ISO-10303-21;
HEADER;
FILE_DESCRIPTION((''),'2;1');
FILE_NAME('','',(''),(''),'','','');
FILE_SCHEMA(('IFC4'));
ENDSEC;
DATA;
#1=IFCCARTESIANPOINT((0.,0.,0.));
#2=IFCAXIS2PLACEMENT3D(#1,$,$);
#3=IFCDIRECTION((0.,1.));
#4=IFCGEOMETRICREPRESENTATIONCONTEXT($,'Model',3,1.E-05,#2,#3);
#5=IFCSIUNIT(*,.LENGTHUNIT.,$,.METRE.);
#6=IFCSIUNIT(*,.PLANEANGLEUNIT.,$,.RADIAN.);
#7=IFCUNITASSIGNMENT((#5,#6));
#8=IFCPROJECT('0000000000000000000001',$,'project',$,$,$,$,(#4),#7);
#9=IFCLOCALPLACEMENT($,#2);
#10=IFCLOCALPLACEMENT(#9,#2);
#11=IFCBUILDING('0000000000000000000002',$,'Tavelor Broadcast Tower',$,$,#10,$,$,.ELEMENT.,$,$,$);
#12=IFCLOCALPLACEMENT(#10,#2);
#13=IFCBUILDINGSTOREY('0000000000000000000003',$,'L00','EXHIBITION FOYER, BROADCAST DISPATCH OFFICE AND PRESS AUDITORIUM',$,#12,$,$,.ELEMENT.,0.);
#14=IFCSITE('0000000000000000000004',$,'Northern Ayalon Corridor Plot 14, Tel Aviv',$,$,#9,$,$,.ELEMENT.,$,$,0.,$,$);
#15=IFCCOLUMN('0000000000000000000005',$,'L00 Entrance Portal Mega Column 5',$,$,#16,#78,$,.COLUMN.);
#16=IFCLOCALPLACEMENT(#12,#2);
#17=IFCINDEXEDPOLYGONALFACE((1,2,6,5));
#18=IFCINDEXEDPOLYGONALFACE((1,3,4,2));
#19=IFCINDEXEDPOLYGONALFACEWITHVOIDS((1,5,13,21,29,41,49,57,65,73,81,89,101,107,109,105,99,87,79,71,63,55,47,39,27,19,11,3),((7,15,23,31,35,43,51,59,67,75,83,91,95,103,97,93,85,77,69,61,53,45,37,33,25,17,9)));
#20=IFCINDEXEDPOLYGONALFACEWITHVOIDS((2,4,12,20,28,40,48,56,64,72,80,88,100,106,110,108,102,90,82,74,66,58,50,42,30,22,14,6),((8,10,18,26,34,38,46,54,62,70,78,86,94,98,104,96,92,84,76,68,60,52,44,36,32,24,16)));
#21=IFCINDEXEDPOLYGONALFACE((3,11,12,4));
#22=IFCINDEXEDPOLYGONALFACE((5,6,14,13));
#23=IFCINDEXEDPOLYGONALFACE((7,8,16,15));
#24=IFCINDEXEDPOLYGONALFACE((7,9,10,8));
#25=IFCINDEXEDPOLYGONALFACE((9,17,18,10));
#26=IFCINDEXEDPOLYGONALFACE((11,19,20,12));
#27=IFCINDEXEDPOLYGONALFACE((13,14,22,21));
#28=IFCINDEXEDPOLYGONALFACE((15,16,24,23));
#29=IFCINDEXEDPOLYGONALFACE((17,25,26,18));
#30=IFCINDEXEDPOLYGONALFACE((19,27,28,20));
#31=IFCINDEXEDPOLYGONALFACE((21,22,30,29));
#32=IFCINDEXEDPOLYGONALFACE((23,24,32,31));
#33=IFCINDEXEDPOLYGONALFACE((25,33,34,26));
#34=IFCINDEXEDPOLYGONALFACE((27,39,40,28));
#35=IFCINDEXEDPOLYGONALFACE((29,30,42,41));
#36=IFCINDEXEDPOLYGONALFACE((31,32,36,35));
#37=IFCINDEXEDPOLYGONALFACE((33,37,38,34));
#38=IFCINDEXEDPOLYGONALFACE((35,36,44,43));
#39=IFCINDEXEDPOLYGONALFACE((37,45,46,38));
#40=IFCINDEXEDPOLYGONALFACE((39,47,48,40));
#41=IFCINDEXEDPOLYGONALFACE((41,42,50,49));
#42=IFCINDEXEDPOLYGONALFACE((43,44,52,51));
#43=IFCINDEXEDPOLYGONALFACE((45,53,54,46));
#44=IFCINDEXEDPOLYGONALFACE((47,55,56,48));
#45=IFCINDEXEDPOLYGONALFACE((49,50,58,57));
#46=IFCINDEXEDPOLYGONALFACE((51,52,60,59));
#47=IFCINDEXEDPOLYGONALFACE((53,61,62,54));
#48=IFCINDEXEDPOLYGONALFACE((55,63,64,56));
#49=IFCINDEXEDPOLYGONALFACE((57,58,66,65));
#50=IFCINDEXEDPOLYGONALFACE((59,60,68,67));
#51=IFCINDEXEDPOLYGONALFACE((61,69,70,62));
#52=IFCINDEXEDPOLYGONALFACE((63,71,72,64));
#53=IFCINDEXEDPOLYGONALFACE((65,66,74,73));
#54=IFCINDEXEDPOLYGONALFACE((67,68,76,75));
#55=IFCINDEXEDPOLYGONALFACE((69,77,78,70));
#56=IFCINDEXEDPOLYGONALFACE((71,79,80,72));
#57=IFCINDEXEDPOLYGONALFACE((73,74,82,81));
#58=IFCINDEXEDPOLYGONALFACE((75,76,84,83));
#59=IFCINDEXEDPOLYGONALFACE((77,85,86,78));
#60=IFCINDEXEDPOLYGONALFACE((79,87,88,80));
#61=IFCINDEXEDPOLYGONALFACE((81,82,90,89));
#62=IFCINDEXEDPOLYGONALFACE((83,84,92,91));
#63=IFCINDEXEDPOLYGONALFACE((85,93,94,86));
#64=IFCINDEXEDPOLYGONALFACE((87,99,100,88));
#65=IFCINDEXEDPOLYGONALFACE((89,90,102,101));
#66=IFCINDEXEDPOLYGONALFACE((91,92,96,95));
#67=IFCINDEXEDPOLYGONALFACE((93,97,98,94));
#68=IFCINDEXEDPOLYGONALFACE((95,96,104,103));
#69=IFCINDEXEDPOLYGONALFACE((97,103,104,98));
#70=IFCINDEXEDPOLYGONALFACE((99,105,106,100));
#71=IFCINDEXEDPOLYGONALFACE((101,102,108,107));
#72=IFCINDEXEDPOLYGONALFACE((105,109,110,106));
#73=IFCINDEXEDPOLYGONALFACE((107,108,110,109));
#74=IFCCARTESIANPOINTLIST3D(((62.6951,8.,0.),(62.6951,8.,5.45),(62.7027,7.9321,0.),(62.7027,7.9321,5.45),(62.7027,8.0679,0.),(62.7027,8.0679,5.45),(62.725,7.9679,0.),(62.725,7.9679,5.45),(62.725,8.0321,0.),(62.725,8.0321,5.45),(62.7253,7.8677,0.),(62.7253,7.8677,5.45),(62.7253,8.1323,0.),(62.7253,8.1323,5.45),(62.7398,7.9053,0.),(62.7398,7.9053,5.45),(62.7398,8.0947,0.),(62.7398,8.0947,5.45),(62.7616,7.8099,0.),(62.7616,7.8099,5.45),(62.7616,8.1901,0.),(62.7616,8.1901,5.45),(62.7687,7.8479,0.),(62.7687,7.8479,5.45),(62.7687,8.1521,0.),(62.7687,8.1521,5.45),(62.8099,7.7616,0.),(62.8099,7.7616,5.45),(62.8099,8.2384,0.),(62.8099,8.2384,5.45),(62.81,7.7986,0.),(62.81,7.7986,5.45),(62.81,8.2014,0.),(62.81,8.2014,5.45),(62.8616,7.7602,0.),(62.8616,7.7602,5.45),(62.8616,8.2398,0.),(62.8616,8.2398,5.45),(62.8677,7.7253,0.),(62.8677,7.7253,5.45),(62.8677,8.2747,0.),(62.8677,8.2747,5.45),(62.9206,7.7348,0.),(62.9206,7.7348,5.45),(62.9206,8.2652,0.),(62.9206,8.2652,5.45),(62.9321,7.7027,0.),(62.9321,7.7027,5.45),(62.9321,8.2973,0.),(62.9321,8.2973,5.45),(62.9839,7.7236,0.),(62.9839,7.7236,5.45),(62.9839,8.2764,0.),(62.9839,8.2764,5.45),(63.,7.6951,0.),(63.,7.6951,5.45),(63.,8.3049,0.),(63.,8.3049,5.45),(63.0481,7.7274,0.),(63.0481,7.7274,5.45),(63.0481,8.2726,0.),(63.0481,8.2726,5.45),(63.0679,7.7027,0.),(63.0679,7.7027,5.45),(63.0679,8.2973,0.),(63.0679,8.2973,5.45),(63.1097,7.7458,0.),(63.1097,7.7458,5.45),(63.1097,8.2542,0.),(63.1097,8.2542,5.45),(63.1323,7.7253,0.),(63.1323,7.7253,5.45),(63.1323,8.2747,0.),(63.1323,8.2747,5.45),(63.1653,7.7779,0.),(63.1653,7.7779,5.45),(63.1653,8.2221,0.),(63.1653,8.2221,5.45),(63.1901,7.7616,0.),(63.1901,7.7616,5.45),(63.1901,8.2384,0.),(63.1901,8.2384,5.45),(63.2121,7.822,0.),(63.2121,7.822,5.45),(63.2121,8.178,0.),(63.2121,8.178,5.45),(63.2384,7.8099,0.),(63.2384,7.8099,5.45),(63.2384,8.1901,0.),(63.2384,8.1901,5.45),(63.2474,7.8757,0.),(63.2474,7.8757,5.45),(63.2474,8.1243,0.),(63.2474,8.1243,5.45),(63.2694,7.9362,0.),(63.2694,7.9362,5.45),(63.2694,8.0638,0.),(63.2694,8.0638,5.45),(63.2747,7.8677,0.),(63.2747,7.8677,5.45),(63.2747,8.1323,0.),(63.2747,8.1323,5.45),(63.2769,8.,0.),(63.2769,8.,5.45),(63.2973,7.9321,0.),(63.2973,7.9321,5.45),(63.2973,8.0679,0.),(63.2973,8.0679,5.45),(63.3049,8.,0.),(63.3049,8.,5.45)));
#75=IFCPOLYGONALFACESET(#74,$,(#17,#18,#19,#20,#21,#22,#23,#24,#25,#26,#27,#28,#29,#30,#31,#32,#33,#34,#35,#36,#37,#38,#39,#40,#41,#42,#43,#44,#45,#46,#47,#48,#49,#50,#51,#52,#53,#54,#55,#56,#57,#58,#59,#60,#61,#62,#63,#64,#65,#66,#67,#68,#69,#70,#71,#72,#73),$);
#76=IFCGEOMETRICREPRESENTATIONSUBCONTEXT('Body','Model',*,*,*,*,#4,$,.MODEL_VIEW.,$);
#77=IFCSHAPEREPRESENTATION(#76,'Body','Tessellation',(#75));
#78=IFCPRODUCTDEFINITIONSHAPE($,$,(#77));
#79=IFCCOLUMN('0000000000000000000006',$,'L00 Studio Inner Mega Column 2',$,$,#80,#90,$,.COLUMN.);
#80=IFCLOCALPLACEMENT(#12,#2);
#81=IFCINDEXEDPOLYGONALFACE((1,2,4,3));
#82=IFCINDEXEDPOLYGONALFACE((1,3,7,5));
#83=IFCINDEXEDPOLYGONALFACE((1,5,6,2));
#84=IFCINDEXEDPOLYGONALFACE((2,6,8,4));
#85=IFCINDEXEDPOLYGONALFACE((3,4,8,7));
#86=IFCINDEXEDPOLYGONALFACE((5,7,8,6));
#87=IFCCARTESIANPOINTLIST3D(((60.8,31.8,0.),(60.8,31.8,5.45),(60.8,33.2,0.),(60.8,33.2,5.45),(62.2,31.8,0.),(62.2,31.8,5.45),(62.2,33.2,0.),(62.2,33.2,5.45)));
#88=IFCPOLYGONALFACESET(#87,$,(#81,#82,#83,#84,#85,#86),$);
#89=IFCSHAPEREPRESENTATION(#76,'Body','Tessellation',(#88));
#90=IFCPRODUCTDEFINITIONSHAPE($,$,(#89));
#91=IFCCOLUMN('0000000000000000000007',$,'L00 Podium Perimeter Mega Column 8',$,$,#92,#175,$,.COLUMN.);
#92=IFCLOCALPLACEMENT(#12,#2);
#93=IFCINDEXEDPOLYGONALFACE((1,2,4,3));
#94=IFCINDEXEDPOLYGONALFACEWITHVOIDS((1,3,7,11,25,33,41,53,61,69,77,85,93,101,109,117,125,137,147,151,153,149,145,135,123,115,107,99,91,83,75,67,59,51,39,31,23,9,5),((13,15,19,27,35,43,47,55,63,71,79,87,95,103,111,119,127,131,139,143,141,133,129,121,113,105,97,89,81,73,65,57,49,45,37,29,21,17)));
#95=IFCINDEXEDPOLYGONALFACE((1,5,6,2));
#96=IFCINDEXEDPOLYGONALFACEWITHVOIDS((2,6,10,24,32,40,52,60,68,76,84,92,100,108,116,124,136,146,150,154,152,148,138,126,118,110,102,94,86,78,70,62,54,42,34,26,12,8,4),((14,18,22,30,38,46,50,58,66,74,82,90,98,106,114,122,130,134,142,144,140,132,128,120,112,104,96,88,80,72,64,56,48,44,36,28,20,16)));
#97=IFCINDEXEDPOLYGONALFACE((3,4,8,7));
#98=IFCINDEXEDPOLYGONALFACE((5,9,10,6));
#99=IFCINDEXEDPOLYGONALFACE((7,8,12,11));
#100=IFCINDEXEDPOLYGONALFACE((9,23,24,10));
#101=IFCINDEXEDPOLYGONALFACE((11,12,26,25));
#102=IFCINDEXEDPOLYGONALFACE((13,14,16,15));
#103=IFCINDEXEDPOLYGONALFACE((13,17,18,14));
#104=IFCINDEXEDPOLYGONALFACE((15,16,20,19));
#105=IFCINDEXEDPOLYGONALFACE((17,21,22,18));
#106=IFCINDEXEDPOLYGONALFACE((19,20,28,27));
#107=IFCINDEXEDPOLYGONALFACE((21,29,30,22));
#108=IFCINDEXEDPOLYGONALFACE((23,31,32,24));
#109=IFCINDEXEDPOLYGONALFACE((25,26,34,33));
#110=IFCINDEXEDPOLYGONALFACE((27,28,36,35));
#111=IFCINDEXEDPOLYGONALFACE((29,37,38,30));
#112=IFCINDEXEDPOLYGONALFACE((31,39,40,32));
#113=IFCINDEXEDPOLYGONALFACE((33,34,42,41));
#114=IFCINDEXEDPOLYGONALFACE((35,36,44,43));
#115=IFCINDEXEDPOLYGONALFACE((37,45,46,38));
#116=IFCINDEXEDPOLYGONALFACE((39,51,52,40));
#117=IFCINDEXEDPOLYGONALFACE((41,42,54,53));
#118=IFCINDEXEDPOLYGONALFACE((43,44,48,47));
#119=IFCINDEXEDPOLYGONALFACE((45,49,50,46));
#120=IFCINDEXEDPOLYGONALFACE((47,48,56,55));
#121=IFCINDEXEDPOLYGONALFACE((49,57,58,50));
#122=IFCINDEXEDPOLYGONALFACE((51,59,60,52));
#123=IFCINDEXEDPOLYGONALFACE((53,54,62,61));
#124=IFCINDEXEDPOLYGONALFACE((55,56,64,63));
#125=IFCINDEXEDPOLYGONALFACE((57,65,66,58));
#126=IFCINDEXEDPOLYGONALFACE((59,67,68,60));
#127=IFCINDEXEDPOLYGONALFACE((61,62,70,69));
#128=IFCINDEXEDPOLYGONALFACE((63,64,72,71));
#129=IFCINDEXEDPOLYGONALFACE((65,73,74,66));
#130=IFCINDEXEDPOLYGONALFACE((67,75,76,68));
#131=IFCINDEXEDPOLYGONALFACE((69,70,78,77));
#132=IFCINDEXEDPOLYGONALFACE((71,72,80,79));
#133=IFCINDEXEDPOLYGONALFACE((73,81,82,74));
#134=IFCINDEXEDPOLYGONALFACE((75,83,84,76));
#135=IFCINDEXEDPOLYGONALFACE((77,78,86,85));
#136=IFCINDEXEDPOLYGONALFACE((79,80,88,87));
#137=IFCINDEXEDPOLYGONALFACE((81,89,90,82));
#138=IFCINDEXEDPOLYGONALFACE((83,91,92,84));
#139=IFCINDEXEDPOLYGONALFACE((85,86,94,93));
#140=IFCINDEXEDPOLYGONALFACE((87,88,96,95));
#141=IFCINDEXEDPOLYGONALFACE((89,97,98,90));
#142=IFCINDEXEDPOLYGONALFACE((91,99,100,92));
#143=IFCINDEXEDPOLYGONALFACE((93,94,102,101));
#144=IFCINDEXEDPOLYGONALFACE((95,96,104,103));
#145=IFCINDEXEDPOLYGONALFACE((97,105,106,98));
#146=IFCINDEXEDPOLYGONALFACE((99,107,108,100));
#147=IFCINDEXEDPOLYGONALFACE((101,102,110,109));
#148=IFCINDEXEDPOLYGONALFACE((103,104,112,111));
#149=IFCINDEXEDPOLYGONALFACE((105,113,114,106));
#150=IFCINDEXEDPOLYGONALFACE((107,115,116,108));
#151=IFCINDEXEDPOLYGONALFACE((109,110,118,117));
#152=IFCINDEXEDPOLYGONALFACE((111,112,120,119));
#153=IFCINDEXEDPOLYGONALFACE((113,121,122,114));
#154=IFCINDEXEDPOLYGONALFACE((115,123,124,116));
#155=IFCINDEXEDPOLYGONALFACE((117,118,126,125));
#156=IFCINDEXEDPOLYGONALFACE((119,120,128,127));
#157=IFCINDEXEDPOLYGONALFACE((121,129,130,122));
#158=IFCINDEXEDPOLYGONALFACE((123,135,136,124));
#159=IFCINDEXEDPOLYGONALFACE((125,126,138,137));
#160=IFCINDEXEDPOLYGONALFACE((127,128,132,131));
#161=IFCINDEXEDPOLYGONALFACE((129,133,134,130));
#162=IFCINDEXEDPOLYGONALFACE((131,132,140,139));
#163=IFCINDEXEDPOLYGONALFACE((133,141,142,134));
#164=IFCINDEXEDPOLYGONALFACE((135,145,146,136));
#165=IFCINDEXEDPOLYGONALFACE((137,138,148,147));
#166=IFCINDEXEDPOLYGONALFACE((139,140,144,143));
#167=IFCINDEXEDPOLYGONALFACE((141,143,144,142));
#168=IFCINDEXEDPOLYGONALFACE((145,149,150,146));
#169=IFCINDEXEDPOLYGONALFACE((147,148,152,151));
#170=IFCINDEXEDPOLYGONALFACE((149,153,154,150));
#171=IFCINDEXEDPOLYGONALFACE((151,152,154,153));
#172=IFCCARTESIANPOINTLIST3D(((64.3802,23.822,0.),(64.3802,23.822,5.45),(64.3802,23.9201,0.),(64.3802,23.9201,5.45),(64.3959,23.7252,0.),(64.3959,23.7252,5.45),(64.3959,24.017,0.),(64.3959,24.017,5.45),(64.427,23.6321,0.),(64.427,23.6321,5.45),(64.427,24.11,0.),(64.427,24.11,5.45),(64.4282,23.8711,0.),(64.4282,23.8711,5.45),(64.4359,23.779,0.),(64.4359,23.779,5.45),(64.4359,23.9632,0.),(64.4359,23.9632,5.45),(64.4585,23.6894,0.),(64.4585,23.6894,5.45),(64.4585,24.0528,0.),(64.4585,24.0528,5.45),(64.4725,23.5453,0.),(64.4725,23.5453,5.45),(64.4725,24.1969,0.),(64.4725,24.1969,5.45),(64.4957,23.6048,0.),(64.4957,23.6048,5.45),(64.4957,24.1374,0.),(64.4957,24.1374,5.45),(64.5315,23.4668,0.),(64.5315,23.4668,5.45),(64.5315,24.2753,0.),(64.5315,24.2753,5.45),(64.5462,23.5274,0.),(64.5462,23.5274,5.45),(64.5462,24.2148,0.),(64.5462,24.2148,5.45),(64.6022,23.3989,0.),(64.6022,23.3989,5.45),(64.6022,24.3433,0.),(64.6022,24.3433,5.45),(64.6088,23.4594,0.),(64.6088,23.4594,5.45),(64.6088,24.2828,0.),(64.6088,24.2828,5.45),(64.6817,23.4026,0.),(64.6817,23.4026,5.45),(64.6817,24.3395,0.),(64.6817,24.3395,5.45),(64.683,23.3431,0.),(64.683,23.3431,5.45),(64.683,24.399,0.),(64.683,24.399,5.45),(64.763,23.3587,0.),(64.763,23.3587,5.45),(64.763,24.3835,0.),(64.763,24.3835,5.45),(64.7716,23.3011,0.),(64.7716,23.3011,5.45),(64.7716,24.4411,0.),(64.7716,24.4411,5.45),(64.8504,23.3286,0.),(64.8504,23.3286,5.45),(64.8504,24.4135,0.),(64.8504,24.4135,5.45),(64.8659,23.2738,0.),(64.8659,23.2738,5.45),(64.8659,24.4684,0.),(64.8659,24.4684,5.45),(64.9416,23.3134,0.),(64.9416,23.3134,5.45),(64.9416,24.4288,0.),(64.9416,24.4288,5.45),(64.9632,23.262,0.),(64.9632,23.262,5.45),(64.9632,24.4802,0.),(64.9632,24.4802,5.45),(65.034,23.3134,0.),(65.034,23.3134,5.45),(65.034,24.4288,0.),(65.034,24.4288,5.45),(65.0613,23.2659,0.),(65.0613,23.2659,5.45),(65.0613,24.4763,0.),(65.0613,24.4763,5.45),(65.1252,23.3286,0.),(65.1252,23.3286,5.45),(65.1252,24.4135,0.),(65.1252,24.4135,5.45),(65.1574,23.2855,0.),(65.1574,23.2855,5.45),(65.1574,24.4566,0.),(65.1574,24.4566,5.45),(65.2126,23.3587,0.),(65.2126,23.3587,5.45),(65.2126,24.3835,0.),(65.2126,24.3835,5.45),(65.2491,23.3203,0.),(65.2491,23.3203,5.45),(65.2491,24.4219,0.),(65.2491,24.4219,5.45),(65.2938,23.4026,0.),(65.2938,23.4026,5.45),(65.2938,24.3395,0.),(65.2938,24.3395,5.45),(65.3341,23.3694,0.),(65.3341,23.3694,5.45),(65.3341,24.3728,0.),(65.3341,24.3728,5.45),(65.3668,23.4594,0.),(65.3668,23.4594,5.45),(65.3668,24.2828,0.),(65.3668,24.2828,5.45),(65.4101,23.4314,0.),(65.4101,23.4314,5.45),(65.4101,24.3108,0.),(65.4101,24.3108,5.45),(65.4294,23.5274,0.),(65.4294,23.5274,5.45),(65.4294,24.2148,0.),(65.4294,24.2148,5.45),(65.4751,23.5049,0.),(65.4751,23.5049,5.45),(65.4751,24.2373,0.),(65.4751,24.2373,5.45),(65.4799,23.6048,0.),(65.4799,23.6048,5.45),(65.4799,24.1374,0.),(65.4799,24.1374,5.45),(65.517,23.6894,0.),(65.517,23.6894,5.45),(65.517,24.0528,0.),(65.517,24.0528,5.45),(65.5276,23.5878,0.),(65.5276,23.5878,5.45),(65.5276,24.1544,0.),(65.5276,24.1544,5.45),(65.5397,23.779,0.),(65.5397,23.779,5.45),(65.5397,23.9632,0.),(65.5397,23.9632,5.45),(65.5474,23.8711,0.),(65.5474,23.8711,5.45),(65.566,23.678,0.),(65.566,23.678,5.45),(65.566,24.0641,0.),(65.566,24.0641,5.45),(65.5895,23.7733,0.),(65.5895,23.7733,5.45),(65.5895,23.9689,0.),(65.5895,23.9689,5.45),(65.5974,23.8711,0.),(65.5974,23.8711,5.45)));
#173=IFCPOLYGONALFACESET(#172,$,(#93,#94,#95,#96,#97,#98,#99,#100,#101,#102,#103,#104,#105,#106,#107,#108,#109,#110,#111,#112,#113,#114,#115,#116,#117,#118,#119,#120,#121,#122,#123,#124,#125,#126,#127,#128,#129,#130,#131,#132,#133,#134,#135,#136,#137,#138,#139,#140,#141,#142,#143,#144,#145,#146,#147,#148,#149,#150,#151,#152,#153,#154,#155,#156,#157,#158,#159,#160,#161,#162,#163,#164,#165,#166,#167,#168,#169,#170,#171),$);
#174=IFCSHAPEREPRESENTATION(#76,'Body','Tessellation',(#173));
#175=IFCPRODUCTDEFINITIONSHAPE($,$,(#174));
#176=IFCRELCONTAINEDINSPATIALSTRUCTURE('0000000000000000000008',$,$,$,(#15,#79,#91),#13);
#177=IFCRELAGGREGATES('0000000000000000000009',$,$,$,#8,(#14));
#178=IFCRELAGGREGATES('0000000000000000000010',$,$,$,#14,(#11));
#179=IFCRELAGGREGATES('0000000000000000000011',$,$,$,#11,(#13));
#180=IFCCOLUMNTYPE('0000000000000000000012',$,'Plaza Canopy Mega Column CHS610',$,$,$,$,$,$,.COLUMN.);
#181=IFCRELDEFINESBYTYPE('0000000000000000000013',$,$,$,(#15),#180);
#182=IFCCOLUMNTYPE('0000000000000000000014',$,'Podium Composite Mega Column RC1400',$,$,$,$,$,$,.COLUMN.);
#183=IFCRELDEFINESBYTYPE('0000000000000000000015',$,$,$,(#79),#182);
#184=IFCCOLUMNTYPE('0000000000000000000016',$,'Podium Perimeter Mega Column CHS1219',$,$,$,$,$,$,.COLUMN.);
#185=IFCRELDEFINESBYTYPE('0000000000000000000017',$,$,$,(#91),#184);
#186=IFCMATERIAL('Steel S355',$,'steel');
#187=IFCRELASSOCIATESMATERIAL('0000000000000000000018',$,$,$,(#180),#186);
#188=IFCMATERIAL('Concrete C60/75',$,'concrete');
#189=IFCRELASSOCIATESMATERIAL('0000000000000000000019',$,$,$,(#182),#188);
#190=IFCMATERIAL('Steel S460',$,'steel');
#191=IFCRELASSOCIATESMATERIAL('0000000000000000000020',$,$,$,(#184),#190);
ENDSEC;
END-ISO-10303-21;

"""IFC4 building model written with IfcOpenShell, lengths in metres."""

from ifc_helpers import new_model, si_unit, direction, frame, origin, origin_2d, place, context, subcontext, project, spatial, rectangle, hollow_circle, extrude, material, material_profile, profile_set, type_object, element, save


model = new_model("IFC4")

# Units and contexts
model_context = context("Model", 3, precision=1e-05, world=origin(), true_north=direction((0.0, 1.0)))
body_context = subcontext(model_context, "Body", "Model", "MODEL_VIEW")
ifc_project = project(units=[si_unit("LENGTHUNIT", "METRE"), si_unit("PLANEANGLEUNIT", "RADIAN")], contexts=[model_context])

# Site, building, storey
site_placement = place(None, origin())
site = spatial("IfcSite", under=ifc_project, at=site_placement, Name="Northern Ayalon Corridor Plot 14, Tel Aviv", CompositionType="ELEMENT", RefElevation=0.0)
building_placement = place(site_placement, origin())
building = spatial("IfcBuilding", under=site, at=building_placement, Name="Tavelor Broadcast Tower", CompositionType="ELEMENT")
storey_placement = place(building_placement, origin())
storey = spatial("IfcBuildingStorey", under=building, at=storey_placement, Name="L00", Description="EXHIBITION FOYER, BROADCAST DISPATCH OFFICE AND PRESS AUDITORIUM", CompositionType="ELEMENT", Elevation=0.0)

# Columns
ifc_material_1 = material(Name="Steel S355", Category="steel")
ifc_material_profile_1 = material_profile(ifc_material_1, hollow_circle(Radius=0.3049, WallThickness=0.0281, at=origin_2d()), Name="CHS 610x28")
ifc_profile_set_1 = profile_set([ifc_material_profile_1], Name="Steel S355")
column_type_1 = type_object("IfcColumnType", Name="Plaza Canopy Mega Column CHS610", PredefinedType="COLUMN", material=ifc_profile_set_1)
column_1_placement = place(storey_placement, frame((63.0, 8.0, 0.0), z_axis=(0.0, 0.0, 1.0), x_axis=(1.0, 0.0, 0.0)))
element("IfcColumn", 1, at=column_1_placement, inside=storey, type_object=column_type_1, Name="L00 Entrance Portal Mega Column 5", PredefinedType="COLUMN", context=body_context, shape_type="SweptSolid", body=[
    extrude(hollow_circle(Radius=0.3049, WallThickness=0.0281, at=origin_2d()), origin(), (0.0, 0.0, 1.0), 5.45),
])
ifc_material_2 = material(Name="Concrete C60/75", Category="concrete")
ifc_material_profile_2 = material_profile(ifc_material_2, rectangle(XDim=1.3999, YDim=1.3999, at=origin_2d()), Name="RC 1400x1400")
ifc_profile_set_2 = profile_set([ifc_material_profile_2], Name="Concrete C60/75")
column_type_2 = type_object("IfcColumnType", Name="Podium Composite Mega Column RC1400", PredefinedType="COLUMN", material=ifc_profile_set_2)
column_2_placement = place(storey_placement, frame((61.5, 32.5, 0.0), z_axis=(0.0, 0.0, 1.0), x_axis=(1.0, 0.0, 0.0)))
element("IfcColumn", 2, at=column_2_placement, inside=storey, type_object=column_type_2, Name="L00 Studio Inner Mega Column 2", PredefinedType="COLUMN", context=body_context, shape_type="SweptSolid", body=[
    extrude(rectangle(XDim=1.3999, YDim=1.3999, at=origin_2d()), origin(), (0.0, 0.0, 1.0), 5.45),
])
ifc_material_3 = material(Name="Steel S460", Category="steel")
ifc_material_profile_3 = material_profile(ifc_material_3, hollow_circle(Radius=0.6096, WallThickness=0.05, at=origin_2d()), Name="CHS 1219x50")
ifc_profile_set_3 = profile_set([ifc_material_profile_3], Name="Steel S460")
column_type_3 = type_object("IfcColumnType", Name="Podium Perimeter Mega Column CHS1219", PredefinedType="COLUMN", material=ifc_profile_set_3)
column_3_placement = place(storey_placement, frame((64.9878, 23.8711, 0.0), z_axis=(0.0, 0.0, 1.0), x_axis=(1.0, 0.0, 0.0)))
element("IfcColumn", 3, at=column_3_placement, inside=storey, type_object=column_type_3, Name="L00 Podium Perimeter Mega Column 8", PredefinedType="COLUMN", context=body_context, shape_type="SweptSolid", body=[
    extrude(hollow_circle(Radius=0.6096, WallThickness=0.05, at=origin_2d()), origin(), (0.0, 0.0, 1.0), 5.45),
])

save(model, "model.ifc")
